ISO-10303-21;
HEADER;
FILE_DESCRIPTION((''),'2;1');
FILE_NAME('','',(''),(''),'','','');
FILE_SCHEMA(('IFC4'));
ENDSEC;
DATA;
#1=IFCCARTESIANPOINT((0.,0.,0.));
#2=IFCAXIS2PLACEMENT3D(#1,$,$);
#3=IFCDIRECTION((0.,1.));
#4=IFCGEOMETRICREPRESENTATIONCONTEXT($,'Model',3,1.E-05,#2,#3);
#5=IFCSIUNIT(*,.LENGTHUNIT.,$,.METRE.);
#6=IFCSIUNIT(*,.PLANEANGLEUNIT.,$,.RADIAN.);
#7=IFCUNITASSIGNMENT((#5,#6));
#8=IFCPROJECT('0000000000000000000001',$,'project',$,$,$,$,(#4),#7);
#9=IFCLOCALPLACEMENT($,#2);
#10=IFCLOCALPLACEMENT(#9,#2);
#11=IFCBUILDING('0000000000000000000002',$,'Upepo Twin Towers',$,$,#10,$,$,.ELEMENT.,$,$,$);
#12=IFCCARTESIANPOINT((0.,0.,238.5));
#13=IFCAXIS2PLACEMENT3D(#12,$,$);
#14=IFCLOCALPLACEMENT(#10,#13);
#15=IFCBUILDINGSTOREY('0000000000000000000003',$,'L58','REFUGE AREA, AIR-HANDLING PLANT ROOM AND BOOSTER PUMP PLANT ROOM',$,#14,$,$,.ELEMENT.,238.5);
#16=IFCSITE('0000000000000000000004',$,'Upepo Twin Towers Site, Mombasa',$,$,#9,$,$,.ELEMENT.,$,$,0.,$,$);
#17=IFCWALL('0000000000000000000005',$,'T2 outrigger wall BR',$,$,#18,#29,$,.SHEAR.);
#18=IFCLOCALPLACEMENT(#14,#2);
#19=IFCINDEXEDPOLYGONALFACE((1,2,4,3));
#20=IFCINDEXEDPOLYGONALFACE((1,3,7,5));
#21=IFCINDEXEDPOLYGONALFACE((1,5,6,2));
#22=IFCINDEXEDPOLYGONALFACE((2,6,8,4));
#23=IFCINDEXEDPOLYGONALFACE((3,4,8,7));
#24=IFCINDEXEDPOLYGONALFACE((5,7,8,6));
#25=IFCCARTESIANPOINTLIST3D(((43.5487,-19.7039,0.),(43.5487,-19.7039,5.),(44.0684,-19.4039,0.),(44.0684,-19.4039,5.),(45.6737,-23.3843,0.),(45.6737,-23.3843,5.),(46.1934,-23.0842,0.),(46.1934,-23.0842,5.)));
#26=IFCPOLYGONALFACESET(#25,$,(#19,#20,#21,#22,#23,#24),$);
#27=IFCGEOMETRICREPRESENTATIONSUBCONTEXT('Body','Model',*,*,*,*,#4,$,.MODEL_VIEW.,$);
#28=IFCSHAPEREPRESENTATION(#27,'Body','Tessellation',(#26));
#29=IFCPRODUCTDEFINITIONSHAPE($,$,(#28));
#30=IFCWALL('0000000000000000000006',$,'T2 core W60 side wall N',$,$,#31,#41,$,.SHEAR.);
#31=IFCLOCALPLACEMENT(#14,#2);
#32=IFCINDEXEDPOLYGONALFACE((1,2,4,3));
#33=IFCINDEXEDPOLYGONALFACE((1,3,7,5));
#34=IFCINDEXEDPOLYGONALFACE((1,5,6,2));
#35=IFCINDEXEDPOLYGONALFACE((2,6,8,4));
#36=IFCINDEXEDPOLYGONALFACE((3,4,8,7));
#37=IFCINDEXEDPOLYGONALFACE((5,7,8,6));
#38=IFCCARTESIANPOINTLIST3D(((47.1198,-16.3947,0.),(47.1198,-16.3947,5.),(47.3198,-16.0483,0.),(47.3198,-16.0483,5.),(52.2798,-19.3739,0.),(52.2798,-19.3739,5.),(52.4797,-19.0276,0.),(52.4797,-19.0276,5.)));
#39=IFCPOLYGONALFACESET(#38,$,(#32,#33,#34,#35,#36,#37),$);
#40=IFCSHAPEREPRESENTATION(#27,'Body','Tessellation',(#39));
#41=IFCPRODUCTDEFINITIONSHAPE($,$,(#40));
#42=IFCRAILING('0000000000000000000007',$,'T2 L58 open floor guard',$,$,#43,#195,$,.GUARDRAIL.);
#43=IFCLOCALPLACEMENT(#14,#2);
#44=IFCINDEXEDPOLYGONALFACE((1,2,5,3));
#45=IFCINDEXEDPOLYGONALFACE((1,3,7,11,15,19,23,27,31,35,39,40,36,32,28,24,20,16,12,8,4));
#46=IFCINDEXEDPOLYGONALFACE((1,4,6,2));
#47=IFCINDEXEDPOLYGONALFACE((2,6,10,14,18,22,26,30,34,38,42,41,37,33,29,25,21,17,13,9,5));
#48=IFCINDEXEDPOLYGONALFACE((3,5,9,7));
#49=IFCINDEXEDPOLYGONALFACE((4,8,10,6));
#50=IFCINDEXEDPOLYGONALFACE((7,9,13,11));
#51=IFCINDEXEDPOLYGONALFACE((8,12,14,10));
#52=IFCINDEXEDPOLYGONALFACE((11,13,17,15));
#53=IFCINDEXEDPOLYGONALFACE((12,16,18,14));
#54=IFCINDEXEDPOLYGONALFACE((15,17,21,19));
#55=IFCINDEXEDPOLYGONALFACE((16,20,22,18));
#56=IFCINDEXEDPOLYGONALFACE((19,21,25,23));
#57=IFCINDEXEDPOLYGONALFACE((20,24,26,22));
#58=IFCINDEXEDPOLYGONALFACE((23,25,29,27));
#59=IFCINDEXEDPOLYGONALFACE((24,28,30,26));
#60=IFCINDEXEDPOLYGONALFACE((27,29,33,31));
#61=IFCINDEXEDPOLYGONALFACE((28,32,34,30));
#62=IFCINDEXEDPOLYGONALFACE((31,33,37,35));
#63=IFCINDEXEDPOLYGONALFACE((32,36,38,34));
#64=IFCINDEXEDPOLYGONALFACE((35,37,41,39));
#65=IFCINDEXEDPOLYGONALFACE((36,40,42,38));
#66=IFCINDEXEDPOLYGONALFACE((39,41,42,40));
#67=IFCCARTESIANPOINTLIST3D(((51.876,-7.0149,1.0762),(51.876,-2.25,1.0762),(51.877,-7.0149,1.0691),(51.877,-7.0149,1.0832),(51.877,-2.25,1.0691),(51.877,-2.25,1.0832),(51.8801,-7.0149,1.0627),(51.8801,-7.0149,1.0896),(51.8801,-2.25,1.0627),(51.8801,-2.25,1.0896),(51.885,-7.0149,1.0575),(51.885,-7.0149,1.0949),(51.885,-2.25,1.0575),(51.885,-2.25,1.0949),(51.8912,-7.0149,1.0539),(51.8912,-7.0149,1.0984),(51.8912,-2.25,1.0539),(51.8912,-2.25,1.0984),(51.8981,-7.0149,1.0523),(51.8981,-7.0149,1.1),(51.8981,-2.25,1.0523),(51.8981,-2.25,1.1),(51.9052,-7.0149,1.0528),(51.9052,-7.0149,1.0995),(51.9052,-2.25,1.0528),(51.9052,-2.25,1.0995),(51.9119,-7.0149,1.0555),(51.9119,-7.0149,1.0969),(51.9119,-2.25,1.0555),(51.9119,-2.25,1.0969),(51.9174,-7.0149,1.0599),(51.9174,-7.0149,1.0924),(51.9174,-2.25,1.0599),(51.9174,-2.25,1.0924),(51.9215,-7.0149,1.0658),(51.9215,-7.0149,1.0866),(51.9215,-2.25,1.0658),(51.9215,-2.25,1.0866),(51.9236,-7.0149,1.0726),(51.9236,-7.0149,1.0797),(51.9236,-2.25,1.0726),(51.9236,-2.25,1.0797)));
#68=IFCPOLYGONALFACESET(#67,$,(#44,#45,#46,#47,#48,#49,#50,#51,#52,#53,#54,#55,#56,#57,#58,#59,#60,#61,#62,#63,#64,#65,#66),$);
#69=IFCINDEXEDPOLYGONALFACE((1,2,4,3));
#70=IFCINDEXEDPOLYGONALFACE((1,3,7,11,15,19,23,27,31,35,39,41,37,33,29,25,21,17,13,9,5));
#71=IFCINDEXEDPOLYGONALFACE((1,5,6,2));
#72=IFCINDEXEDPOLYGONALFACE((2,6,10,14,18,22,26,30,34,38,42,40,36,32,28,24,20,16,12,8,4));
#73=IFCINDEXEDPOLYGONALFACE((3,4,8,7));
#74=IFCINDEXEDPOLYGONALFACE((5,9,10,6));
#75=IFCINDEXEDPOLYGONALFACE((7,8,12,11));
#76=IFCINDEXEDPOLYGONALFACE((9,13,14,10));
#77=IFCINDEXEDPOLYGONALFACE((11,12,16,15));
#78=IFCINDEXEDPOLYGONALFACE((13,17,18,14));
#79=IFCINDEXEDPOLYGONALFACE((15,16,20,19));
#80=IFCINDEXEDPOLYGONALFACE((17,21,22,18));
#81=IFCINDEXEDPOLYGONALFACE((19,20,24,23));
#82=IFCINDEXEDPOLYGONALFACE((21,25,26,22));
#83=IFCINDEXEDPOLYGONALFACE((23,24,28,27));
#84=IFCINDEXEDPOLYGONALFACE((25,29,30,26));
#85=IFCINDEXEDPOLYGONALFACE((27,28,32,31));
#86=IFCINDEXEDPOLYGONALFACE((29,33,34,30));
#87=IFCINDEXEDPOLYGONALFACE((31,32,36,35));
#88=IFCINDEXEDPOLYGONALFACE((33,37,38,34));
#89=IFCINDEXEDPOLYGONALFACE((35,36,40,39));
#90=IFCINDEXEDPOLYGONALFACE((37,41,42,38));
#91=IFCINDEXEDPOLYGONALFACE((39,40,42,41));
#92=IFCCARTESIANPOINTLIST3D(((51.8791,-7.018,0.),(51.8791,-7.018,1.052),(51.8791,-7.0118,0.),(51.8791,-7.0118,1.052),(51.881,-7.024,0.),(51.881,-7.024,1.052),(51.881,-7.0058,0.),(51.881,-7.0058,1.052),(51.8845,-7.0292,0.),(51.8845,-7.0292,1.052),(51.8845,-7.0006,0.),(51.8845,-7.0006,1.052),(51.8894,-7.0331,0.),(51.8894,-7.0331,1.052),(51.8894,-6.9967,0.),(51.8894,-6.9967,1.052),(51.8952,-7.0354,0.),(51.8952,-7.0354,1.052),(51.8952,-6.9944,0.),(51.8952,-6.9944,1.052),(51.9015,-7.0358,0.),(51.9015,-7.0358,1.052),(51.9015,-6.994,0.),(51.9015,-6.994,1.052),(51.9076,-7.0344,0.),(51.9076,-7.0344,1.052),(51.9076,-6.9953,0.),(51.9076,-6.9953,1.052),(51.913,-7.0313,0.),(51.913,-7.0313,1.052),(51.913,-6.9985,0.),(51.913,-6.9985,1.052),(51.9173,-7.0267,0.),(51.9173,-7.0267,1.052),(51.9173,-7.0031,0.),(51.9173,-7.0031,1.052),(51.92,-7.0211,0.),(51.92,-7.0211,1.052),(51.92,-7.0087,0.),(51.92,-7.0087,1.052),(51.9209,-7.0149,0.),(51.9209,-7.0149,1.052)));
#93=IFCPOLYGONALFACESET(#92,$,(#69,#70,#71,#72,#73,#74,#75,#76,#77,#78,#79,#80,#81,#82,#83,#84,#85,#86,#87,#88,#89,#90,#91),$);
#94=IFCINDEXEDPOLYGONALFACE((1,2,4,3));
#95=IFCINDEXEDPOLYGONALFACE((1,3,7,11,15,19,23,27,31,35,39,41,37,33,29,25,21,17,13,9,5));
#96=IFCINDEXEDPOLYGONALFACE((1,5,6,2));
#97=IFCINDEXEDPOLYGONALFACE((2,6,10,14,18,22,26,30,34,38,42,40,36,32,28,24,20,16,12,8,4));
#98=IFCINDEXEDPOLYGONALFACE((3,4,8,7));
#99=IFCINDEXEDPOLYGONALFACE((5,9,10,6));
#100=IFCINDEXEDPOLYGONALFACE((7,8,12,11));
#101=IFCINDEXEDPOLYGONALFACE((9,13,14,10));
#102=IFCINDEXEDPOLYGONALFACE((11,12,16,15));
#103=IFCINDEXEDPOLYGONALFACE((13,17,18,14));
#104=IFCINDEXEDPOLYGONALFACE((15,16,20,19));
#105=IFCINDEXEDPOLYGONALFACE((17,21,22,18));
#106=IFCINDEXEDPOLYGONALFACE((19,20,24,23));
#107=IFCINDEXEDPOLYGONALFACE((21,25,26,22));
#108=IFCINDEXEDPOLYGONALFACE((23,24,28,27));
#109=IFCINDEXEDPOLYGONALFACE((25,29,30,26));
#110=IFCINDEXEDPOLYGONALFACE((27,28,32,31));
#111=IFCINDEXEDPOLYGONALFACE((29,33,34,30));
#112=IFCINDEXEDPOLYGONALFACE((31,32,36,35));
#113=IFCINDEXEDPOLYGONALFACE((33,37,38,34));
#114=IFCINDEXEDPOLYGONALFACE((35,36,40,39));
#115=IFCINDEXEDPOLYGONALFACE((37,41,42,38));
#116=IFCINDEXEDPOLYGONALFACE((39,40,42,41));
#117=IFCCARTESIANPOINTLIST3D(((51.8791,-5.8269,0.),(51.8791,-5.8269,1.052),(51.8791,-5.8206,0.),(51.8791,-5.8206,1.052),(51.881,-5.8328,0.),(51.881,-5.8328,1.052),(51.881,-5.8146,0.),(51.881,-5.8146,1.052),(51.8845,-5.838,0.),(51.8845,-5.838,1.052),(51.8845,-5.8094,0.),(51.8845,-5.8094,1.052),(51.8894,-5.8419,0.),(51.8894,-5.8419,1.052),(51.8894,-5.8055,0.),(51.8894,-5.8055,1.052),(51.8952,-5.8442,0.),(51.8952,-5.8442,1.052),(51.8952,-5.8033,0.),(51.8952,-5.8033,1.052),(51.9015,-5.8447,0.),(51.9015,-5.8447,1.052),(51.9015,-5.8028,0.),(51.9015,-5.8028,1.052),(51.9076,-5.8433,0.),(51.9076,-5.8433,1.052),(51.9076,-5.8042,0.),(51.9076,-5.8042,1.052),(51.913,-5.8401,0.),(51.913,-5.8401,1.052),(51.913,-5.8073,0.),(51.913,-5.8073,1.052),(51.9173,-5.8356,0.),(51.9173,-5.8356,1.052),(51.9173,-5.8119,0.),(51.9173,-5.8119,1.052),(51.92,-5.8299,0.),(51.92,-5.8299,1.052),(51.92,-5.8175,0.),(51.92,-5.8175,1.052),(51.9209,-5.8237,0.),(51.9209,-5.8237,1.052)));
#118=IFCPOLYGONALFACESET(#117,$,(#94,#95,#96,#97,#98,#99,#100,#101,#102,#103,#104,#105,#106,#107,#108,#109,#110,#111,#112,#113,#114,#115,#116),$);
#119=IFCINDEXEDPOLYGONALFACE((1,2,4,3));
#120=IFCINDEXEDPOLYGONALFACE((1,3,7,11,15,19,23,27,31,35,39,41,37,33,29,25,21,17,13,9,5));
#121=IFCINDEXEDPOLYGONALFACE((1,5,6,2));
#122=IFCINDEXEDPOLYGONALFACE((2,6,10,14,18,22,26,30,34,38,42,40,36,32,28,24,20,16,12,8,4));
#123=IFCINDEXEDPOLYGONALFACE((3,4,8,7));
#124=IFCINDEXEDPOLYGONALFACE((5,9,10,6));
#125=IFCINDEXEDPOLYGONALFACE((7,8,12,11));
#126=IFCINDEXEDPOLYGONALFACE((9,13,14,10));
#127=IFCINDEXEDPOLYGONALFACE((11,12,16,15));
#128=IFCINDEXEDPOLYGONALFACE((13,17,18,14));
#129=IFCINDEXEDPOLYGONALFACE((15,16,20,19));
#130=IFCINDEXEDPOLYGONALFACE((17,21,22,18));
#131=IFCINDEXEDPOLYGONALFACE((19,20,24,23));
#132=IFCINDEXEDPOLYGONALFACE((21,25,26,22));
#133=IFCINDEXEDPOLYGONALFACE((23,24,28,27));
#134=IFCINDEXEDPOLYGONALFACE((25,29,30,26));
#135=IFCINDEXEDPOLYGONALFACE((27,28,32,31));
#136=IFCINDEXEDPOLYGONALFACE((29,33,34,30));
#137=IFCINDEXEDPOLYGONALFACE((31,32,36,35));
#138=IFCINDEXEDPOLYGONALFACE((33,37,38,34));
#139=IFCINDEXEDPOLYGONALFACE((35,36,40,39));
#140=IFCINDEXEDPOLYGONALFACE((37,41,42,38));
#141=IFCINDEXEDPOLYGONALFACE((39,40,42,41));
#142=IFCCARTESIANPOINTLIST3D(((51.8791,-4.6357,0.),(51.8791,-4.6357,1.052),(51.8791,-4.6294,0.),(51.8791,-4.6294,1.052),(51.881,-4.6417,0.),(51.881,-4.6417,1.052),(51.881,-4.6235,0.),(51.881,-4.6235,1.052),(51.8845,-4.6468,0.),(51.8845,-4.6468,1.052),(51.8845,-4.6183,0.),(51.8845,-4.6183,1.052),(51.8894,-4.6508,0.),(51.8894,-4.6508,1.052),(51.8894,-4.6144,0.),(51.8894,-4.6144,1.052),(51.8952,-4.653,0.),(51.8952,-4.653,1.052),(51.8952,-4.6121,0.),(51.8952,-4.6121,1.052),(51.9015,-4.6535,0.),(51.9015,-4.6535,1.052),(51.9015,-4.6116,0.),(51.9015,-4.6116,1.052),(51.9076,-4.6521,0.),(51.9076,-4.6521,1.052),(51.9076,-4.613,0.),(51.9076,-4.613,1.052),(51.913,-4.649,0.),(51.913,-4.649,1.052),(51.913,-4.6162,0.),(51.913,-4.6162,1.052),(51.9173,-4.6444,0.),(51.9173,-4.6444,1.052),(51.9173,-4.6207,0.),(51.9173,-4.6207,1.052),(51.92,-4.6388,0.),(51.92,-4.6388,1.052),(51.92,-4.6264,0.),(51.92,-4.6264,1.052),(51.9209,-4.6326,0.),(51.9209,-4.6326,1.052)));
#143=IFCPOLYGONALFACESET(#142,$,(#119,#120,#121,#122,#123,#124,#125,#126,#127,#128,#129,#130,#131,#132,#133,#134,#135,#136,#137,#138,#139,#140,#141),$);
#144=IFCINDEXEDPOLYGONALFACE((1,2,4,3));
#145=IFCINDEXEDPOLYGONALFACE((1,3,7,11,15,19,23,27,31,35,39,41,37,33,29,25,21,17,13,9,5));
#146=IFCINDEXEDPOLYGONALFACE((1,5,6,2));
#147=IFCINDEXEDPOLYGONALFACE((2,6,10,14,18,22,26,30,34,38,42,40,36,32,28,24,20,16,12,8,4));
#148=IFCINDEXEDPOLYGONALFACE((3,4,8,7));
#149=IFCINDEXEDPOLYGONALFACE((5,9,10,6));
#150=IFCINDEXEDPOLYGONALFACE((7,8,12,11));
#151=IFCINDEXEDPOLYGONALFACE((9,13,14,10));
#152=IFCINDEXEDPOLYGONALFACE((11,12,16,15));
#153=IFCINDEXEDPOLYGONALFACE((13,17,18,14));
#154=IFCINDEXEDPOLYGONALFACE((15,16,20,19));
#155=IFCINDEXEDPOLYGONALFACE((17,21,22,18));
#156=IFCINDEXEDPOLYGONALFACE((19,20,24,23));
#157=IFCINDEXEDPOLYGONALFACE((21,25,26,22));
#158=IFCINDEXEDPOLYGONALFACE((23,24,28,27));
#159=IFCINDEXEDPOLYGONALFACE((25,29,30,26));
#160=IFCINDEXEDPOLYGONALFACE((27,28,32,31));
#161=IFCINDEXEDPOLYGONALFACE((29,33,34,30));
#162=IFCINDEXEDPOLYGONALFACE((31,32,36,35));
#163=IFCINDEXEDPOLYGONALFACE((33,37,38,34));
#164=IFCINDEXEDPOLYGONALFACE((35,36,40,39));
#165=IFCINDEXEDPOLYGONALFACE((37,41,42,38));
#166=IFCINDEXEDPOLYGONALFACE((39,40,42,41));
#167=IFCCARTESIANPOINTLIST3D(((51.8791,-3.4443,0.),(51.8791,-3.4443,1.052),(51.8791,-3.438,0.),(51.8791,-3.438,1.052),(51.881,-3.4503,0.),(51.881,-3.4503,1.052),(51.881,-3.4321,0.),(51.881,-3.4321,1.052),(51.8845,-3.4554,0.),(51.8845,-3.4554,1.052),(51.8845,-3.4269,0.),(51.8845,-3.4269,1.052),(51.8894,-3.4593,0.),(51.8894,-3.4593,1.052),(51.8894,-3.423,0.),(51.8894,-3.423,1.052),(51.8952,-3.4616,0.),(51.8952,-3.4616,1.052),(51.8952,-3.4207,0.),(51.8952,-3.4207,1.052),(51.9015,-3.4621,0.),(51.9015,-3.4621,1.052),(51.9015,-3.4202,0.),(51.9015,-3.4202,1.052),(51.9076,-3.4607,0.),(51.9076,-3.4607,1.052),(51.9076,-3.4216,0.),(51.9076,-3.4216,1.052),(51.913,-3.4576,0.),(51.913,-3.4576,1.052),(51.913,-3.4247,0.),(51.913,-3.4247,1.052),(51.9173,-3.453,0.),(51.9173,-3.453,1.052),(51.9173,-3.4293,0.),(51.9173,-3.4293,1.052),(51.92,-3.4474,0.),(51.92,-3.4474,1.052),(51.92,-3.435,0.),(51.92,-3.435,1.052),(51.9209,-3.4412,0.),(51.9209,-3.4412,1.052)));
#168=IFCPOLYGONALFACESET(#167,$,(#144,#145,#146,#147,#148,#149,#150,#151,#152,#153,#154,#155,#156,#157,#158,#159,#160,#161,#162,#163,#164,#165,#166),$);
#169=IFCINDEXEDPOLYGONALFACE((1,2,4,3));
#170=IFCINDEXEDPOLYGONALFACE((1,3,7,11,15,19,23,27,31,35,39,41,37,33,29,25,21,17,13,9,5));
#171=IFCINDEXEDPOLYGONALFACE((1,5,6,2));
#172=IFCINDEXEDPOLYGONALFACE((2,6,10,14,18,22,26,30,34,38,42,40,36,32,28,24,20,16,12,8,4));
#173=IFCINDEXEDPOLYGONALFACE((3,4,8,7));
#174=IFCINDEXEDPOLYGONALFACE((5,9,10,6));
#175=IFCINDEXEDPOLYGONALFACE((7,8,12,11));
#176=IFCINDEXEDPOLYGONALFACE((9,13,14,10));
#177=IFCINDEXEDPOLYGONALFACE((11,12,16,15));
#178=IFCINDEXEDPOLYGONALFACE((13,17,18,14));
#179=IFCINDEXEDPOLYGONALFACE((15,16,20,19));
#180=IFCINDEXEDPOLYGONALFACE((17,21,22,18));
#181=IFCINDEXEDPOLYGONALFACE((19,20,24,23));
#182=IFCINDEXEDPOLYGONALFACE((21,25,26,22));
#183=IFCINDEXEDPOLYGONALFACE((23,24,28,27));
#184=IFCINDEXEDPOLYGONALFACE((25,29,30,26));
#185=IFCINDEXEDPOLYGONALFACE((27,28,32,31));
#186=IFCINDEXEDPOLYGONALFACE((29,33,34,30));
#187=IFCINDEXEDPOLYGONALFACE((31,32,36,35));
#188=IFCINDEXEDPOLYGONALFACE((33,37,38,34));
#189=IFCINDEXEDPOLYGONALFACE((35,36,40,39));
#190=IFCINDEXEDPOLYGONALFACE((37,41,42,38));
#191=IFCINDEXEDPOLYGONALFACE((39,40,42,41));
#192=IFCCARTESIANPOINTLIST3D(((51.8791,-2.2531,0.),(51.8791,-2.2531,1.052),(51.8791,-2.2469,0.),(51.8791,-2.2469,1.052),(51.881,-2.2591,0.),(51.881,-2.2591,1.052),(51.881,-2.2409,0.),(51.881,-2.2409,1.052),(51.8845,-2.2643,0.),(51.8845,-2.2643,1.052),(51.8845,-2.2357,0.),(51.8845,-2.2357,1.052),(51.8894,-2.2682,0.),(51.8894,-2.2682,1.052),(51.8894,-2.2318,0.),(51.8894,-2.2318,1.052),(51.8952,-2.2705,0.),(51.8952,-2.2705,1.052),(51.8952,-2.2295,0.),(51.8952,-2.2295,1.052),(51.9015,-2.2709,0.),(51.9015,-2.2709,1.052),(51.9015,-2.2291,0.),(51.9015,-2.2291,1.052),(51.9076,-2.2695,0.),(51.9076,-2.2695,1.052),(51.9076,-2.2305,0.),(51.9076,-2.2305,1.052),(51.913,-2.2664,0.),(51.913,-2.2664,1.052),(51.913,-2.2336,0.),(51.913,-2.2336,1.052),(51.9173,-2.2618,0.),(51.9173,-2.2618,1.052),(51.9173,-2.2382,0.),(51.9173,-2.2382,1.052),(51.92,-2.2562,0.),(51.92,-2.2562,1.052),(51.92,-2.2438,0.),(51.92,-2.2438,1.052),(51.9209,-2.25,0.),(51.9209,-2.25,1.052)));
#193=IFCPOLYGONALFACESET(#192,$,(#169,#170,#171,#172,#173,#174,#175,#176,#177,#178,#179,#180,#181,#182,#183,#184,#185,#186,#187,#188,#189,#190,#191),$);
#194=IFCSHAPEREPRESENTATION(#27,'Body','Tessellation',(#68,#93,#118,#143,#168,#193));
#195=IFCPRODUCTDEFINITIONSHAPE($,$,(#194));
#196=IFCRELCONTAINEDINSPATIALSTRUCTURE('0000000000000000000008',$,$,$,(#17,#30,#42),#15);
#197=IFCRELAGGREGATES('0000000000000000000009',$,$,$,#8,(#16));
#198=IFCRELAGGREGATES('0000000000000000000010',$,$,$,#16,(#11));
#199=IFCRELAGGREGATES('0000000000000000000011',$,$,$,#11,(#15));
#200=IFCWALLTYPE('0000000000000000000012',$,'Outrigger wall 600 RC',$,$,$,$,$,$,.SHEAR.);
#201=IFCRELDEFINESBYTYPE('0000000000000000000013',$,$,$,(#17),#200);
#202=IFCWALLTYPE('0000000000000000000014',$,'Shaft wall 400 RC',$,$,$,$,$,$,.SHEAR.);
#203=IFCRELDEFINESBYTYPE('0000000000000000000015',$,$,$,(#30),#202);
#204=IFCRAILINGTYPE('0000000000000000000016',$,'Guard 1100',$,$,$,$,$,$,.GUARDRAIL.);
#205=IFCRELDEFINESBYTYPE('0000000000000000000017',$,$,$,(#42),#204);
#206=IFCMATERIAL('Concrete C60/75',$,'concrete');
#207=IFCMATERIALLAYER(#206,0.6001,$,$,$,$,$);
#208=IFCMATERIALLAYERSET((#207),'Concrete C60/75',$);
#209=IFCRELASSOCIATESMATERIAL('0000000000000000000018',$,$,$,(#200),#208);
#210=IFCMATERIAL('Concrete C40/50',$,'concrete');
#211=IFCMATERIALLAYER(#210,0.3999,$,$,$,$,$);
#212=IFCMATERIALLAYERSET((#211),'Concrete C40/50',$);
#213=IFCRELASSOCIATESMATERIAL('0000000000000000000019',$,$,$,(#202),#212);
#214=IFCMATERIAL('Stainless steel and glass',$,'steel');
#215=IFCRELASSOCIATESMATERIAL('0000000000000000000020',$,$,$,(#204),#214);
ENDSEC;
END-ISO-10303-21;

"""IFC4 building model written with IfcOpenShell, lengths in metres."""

from ifc_helpers import new_model, si_unit, direction, frame, frame_2d, origin, origin_2d, place, context, subcontext, project, spatial, rectangle, circle, extrude, material, layer, layer_set, type_object, element, save


model = new_model("IFC4")

# Units and contexts
model_context = context("Model", 3, precision=1e-05, world=origin(), true_north=direction((0.0, 1.0)))
body_context = subcontext(model_context, "Body", "Model", "MODEL_VIEW")
ifc_project = project(units=[si_unit("LENGTHUNIT", "METRE"), si_unit("PLANEANGLEUNIT", "RADIAN")], contexts=[model_context])

# Site, building, storey
site_placement = place(None, origin())
site = spatial("IfcSite", under=ifc_project, at=site_placement, Name="Upepo Twin Towers Site, Mombasa", CompositionType="ELEMENT", RefElevation=0.0)
building_placement = place(site_placement, origin())
building = spatial("IfcBuilding", under=site, at=building_placement, Name="Upepo Twin Towers", CompositionType="ELEMENT")
storey_placement = place(building_placement, frame((0.0, 0.0, 238.5)))
storey = spatial("IfcBuildingStorey", under=building, at=storey_placement, Name="L58", Description="REFUGE AREA, AIR-HANDLING PLANT ROOM AND BOOSTER PUMP PLANT ROOM", CompositionType="ELEMENT", Elevation=238.5)

# Wall
ifc_material_1 = material(Name="Concrete C60/75", Category="concrete")
ifc_layer_1 = layer(ifc_material_1, 0.6001)
ifc_layer_set_1 = layer_set([ifc_layer_1], Name="Concrete C60/75")
wall_type_1 = type_object("IfcWallType", Name="Outrigger wall 600 RC", PredefinedType="SHEAR", material=ifc_layer_set_1)
wall_1_placement = place(storey_placement, frame((45.9336, -23.2344, 0.0), z_axis=(0.0, 0.0, 1.0), x_axis=(-0.500019, 0.866014, 0.0)))
element("IfcWall", 1, at=wall_1_placement, inside=storey, type_object=wall_type_1, Name="T2 outrigger wall BR", PredefinedType="SHEAR", context=body_context, shape_type="SweptSolid", body=[
    extrude(rectangle(XDim=4.2498, YDim=0.6001, at=frame_2d((2.125, 0.0))), origin(), (0.0, 0.0, 1.0), 5.0),
])

# Wall
ifc_material_2 = material(Name="Concrete C40/50", Category="concrete")
ifc_layer_2 = layer(ifc_material_2, 0.3999)
ifc_layer_set_2 = layer_set([ifc_layer_2], Name="Concrete C40/50")
wall_type_2 = type_object("IfcWallType", Name="Shaft wall 400 RC", PredefinedType="SHEAR", material=ifc_layer_set_2)
wall_2_placement = place(storey_placement, frame((52.3796, -19.2007, 0.0), z_axis=(0.0, 0.0, 1.0), x_axis=(-0.866013, 0.500022, 0.0)))
element("IfcWall", 2, at=wall_2_placement, inside=storey, type_object=wall_type_2, Name="T2 core W60 side wall N", PredefinedType="SHEAR", context=body_context, shape_type="SweptSolid", body=[
    extrude(rectangle(XDim=5.9583, YDim=0.3999, at=frame_2d((2.979, 0.0))), origin(), (0.0, 0.0, 1.0), 5.0),
])

# Railing
ifc_material_3 = material(Name="Stainless steel and glass", Category="steel")
railing_type = type_object("IfcRailingType", Name="Guard 1100", PredefinedType="GUARDRAIL", material=ifc_material_3)
railing_1_placement = place(storey_placement, frame((51.8999, -7.0149, 0.0)))
element("IfcRailing", 3, at=railing_1_placement, inside=storey, type_object=railing_type, Name="T2 L58 open floor guard", PredefinedType="GUARDRAIL", context=body_context, shape_type="SweptSolid", body=[
    extrude(circle(Radius=0.0239, at=origin_2d()), frame((0.0, 0.0, 1.0762), z_axis=(0.0, 1.0, 0.0), x_axis=(-1.0, 0.0, 0.0)), (0.0, 0.0, 1.0), 4.7649),
    extrude(circle(Radius=0.021, at=origin_2d()), origin(), (0.0, 0.0, 1.0), 1.052),
    extrude(circle(Radius=0.021, at=origin_2d()), frame((0.0, 1.1912, 0.0)), (0.0, 0.0, 1.0), 1.052),
    extrude(circle(Radius=0.021, at=origin_2d()), frame((0.0, 2.3823, 0.0)), (0.0, 0.0, 1.0), 1.052),
    extrude(circle(Radius=0.021, at=origin_2d()), frame((0.0, 3.5737, 0.0)), (0.0, 0.0, 1.0), 1.052),
    extrude(circle(Radius=0.021, at=origin_2d()), frame((0.0, 4.7649, 0.0)), (0.0, 0.0, 1.0), 1.052),
])

save(model, "model.ifc")
